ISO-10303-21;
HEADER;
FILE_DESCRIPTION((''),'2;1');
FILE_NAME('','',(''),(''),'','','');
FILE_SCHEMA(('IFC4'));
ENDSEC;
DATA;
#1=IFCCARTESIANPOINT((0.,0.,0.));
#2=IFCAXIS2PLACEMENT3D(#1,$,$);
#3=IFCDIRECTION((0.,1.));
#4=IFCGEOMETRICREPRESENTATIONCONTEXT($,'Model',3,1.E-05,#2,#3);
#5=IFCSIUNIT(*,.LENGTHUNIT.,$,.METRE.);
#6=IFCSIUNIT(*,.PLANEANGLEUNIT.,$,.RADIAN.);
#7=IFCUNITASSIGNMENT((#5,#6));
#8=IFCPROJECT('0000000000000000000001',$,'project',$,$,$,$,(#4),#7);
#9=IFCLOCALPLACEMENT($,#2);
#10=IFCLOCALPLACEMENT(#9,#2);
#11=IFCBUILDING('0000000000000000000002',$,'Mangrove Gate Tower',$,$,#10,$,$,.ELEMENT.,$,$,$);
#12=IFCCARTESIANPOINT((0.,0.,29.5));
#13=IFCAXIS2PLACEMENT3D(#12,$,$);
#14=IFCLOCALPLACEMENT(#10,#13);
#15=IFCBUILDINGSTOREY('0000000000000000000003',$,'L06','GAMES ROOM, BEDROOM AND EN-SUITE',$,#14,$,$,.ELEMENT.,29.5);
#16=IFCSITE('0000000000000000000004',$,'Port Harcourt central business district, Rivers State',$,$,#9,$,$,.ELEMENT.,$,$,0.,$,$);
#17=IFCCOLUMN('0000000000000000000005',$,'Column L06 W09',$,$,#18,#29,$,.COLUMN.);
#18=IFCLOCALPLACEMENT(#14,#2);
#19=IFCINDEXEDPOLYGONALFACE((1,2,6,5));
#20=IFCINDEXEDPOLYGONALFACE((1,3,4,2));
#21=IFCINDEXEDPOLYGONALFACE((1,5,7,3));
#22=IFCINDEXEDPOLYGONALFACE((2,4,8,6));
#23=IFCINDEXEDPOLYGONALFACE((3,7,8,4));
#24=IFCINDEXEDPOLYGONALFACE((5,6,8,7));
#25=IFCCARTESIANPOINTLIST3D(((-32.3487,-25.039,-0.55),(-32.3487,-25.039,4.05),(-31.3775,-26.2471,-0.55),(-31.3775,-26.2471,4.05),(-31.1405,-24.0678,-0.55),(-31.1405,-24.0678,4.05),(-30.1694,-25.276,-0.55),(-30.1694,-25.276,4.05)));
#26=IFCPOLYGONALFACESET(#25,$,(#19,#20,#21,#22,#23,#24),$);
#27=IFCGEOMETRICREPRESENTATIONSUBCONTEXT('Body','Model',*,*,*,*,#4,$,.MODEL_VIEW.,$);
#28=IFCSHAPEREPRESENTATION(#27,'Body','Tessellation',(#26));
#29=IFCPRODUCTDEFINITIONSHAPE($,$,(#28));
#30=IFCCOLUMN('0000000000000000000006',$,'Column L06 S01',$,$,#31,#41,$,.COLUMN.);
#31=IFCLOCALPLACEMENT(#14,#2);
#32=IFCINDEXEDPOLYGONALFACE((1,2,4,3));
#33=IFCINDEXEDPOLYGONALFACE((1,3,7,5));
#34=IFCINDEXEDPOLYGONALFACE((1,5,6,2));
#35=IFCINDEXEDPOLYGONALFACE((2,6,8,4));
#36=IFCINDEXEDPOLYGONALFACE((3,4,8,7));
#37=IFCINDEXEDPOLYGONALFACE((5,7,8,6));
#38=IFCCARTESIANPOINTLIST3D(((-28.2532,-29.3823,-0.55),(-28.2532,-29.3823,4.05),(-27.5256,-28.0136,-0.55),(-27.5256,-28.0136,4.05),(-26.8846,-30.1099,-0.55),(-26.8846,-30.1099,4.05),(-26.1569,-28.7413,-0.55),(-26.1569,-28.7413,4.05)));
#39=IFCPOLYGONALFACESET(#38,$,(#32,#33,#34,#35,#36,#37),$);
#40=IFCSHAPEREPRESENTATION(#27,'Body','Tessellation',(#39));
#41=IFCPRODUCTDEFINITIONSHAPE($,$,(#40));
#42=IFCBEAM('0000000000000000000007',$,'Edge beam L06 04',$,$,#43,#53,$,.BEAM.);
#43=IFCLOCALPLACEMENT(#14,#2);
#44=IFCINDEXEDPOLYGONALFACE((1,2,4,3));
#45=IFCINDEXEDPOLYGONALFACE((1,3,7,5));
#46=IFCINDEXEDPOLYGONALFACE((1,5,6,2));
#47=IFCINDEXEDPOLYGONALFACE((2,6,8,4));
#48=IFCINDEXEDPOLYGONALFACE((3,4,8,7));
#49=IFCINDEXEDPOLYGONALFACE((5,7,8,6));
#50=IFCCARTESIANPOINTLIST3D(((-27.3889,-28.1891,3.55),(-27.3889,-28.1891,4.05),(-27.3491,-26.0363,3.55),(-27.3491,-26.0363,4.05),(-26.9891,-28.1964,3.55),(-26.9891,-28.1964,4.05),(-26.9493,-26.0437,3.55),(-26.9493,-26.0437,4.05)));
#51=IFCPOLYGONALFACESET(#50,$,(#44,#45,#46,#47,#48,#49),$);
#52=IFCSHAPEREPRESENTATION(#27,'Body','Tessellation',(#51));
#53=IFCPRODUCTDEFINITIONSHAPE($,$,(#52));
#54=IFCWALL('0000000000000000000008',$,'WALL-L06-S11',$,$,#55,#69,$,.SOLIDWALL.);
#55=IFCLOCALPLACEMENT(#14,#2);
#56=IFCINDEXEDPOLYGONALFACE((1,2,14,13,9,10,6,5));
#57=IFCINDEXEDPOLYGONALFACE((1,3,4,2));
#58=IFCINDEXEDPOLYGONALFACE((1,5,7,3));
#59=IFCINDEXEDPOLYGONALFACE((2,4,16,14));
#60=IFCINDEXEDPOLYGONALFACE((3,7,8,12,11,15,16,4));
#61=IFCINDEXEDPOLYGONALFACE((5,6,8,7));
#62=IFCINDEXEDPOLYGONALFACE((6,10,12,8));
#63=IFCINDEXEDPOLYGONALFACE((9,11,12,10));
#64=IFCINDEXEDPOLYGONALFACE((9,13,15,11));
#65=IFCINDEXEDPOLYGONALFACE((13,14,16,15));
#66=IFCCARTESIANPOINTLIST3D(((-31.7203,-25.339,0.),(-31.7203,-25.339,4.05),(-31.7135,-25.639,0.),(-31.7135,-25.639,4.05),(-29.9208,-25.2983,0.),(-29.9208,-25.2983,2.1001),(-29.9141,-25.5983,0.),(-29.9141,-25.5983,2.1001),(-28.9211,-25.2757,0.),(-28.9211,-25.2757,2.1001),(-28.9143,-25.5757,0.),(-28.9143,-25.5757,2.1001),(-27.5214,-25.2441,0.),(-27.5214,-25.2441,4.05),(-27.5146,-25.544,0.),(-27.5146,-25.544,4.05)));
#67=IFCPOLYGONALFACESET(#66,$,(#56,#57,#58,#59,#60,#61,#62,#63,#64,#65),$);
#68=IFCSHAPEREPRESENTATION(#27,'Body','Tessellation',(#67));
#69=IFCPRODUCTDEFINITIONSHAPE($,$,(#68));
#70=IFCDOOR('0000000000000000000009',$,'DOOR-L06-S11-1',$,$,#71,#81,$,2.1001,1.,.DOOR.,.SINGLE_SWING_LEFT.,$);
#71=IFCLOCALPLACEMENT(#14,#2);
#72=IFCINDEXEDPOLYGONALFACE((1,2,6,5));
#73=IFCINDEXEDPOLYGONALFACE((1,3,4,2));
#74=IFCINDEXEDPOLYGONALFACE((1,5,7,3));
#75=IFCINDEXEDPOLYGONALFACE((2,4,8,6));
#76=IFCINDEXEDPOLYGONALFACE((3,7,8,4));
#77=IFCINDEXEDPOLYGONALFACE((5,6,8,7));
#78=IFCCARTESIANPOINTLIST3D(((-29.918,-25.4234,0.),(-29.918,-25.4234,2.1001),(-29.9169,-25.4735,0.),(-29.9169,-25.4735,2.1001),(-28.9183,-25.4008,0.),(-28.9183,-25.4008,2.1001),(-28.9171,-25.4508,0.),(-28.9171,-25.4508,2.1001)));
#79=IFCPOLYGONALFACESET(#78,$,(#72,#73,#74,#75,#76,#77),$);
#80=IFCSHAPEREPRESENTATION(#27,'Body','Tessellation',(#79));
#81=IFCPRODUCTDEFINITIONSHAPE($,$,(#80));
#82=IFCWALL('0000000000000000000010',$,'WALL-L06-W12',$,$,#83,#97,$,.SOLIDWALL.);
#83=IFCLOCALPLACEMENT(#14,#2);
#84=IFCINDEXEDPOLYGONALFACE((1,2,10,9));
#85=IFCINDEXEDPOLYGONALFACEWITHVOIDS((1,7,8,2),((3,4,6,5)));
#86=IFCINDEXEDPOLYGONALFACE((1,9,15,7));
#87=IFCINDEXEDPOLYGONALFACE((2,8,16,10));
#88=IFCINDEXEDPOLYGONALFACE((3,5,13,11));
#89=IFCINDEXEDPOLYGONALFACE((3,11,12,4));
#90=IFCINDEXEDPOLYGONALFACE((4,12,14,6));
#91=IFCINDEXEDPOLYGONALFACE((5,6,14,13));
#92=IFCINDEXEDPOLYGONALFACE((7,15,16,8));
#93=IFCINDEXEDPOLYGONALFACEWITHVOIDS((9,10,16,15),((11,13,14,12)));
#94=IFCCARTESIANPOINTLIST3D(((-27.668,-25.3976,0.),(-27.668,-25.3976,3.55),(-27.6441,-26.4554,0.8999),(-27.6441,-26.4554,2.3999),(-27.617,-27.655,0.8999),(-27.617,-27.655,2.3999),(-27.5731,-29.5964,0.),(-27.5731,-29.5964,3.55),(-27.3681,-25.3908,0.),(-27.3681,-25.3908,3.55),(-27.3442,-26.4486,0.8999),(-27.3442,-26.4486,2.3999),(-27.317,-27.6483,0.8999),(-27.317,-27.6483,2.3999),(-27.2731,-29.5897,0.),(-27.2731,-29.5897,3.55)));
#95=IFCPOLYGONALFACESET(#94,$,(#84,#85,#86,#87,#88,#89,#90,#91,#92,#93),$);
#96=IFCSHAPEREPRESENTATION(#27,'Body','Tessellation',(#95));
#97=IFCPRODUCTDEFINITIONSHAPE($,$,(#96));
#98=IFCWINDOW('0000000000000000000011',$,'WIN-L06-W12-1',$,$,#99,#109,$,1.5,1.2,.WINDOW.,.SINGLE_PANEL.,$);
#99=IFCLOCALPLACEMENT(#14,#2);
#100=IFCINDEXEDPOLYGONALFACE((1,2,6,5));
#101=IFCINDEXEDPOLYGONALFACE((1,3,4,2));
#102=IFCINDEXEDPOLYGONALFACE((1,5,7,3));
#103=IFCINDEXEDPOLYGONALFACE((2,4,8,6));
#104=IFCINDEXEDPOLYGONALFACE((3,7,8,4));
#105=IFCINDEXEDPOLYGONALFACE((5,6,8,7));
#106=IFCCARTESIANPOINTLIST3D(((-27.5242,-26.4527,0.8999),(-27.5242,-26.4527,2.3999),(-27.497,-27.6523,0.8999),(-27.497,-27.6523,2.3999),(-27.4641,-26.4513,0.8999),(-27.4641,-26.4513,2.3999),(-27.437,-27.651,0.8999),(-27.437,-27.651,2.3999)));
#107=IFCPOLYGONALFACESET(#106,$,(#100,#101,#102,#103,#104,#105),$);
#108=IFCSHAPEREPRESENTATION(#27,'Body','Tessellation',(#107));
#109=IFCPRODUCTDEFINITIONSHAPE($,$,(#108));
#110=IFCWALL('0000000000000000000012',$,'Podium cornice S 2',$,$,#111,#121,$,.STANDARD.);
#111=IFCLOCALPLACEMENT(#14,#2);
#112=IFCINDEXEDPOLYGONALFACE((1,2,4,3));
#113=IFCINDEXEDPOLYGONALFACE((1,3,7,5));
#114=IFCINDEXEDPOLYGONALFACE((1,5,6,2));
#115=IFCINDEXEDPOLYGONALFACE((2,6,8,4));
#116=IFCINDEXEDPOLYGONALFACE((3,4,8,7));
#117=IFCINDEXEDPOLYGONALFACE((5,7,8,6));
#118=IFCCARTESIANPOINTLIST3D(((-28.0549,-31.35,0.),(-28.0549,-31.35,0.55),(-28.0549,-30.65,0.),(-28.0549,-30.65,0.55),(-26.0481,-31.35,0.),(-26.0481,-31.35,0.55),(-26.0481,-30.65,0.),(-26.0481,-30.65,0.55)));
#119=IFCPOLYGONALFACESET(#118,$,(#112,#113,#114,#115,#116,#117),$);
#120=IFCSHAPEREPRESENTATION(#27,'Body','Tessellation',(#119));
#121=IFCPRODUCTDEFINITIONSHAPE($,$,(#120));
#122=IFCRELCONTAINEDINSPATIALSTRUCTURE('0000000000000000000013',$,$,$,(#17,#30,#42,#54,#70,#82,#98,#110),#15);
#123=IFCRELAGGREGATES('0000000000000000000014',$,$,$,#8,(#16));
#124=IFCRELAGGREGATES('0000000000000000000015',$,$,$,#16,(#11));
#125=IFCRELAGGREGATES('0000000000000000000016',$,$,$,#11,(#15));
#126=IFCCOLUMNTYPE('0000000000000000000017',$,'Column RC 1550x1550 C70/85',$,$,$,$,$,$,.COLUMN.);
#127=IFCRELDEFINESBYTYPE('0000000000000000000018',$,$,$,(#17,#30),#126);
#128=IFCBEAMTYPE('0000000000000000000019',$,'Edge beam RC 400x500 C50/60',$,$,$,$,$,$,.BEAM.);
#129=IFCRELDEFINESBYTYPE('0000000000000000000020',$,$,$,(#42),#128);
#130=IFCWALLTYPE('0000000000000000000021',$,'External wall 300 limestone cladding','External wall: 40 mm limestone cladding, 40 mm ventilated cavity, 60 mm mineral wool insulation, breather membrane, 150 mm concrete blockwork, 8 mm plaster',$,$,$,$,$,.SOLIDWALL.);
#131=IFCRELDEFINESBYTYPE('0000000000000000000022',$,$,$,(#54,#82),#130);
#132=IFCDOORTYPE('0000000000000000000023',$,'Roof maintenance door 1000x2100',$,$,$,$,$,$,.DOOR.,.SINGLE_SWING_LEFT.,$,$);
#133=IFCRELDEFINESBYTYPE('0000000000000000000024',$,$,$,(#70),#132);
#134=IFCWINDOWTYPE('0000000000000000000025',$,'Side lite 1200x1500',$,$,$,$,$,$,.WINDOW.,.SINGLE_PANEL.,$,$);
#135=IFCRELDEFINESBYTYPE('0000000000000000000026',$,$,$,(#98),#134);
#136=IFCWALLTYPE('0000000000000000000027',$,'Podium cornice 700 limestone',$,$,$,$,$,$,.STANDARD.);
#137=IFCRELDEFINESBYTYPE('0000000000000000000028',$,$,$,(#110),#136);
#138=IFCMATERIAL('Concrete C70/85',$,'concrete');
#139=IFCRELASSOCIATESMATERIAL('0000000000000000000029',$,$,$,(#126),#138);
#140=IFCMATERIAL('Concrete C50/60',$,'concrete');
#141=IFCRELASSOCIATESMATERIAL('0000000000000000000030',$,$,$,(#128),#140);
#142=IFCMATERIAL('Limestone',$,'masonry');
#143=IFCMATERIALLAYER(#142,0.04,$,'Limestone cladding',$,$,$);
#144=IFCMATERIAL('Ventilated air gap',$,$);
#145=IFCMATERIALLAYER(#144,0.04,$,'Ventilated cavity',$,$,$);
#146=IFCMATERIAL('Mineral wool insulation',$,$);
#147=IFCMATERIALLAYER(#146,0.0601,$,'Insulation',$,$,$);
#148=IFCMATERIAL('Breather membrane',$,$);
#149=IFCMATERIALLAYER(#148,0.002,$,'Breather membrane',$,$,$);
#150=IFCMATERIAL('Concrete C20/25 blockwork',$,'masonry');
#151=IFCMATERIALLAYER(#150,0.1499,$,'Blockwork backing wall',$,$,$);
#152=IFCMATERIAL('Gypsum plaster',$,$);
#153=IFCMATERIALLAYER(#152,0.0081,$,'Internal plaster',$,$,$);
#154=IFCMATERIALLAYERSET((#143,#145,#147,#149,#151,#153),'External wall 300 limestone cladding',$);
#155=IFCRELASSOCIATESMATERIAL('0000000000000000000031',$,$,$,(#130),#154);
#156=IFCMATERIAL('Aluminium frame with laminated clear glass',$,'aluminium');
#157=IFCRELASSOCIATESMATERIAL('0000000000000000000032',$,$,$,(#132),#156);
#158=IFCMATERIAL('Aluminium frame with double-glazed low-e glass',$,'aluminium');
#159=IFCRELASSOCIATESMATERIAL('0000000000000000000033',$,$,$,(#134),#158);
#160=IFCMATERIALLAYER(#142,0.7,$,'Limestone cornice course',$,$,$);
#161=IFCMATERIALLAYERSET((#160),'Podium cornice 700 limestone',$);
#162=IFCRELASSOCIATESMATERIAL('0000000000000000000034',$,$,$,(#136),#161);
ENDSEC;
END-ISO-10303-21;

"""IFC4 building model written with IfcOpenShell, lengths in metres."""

from ifc_helpers import new_model, si_unit, direction, frame, frame_2d, origin, origin_2d, place, context, subcontext, project, spatial, rectangle, extrude, material, layer, layer_set, material_profile, profile_set, type_object, element, fill, save


model = new_model("IFC4")

# Units and contexts
model_context = context("Model", 3, precision=1e-05, world=origin(), true_north=direction((0.0, 1.0)))
body_context = subcontext(model_context, "Body", "Model", "MODEL_VIEW")
ifc_project = project(units=[si_unit("LENGTHUNIT", "METRE"), si_unit("PLANEANGLEUNIT", "RADIAN")], contexts=[model_context])

# Site, building, storey
site_placement = place(None, origin())
site = spatial("IfcSite", under=ifc_project, at=site_placement, Name="Port Harcourt central business district, Rivers State", CompositionType="ELEMENT", RefElevation=0.0)
building_placement = place(site_placement, origin())
building = spatial("IfcBuilding", under=site, at=building_placement, Name="Mangrove Gate Tower", CompositionType="ELEMENT")
storey_placement = place(building_placement, frame((0.0, 0.0, 29.5)))
storey = spatial("IfcBuildingStorey", under=building, at=storey_placement, Name="L06", Description="GAMES ROOM, BEDROOM AND EN-SUITE", CompositionType="ELEMENT", Elevation=29.5)

# Columns
ifc_material_1 = material(Name="Concrete C70/85", Category="concrete")
ifc_material_profile_1 = material_profile(ifc_material_1, rectangle(XDim=1.55, YDim=1.55, at=origin_2d()))
ifc_profile_set_1 = profile_set([ifc_material_profile_1], Name="Concrete C70/85")
column_type = type_object("IfcColumnType", Name="Column RC 1550x1550 C70/85", PredefinedType="COLUMN", material=ifc_profile_set_1)
for number, where, z_axis, x_axis, name in (
    (1, (-31.259, -25.1575, -0.55), (0.0, 0.0, 1.0), (0.626514, -0.77941, 0.0), "Column L06 W09"),
    (2, (-27.2051, -29.0618, -0.55), (0.0, 0.0, 1.0), (0.882965, -0.469439, 0.0), "Column L06 S01"),
):
    element("IfcColumn", number, at=place(storey_placement, frame(where, z_axis=z_axis, x_axis=x_axis)), inside=storey, type_object=column_type, Name=name, PredefinedType="COLUMN", context=body_context, shape_type="SweptSolid", body=[
        extrude(rectangle(XDim=1.55, YDim=1.55, at=origin_2d()), origin(), (0.0, 0.0, 1.0), 4.6001),
    ])

# Beam
ifc_material_2 = material(Name="Concrete C50/60", Category="concrete")
ifc_material_profile_2 = material_profile(ifc_material_2, rectangle(XDim=0.3999, YDim=0.5, at=origin_2d()))
ifc_profile_set_2 = profile_set([ifc_material_profile_2], Name="Concrete C50/60")
beam_type = type_object("IfcBeamType", Name="Edge beam RC 400x500 C50/60", PredefinedType="BEAM", material=ifc_profile_set_2)
beam_placement = place(storey_placement, frame((-27.1492, -26.04, 3.8), z_axis=(-0.018484, -0.999829, 0.0), x_axis=(0.999829, -0.018484, 0.0)))
element("IfcBeam", 3, at=beam_placement, inside=storey, type_object=beam_type, Name="Edge beam L06 04", PredefinedType="BEAM", context=body_context, shape_type="SweptSolid", body=[
    extrude(rectangle(XDim=0.3999, YDim=0.5, at=origin_2d()), origin(), (0.0, 0.0, 1.0), 2.1531),
])

# Wall, opening, door
ifc_material_3 = material(Name="Limestone", Category="masonry")
ifc_layer_1 = layer(ifc_material_3, 0.04, Name="Limestone cladding")
ifc_material_4 = material(Name="Ventilated air gap")
ifc_layer_2 = layer(ifc_material_4, 0.04, Name="Ventilated cavity")
ifc_material_5 = material(Name="Mineral wool insulation")
ifc_layer_3 = layer(ifc_material_5, 0.0601, Name="Insulation")
ifc_material_6 = material(Name="Breather membrane")
ifc_layer_4 = layer(ifc_material_6, 0.002, Name="Breather membrane")
ifc_material_7 = material(Name="Concrete C20/25 blockwork", Category="masonry")
ifc_layer_5 = layer(ifc_material_7, 0.1499, Name="Blockwork backing wall")
ifc_material_8 = material(Name="Gypsum plaster")
ifc_layer_6 = layer(ifc_material_8, 0.0081, Name="Internal plaster")
ifc_layer_set_1 = layer_set([ifc_layer_1, ifc_layer_2, ifc_layer_3, ifc_layer_4, ifc_layer_5, ifc_layer_6], Name="External wall 300 limestone cladding")
wall_type_1 = type_object("IfcWallType", Name="External wall 300 limestone cladding", Description="External wall: 40 mm limestone cladding, 40 mm ventilated cavity, 60 mm mineral wool insulation, breather membrane, 150 mm concrete blockwork, 8 mm plaster", PredefinedType="SOLIDWALL", material=ifc_layer_set_1)
wall_1_placement = place(storey_placement, frame((-31.717, -25.489, 0.0), z_axis=(0.0, 0.0, 1.0), x_axis=(0.999744, 0.022612, 0.0)))
wall_1 = element("IfcWall", 4, at=wall_1_placement, inside=storey, type_object=wall_type_1, Name="WALL-L06-S11", PredefinedType="SOLIDWALL", context=body_context, shape_type="SweptSolid", body=[
    extrude(rectangle(XDim=4.2, YDim=0.3, at=frame_2d((2.1001, 0.0))), origin(), (0.0, 0.0, 1.0), 4.05),
])
opening_1_placement = place(wall_1_placement, frame((1.8, 0.0, 0.0)))
opening_1 = element("IfcOpeningElement", 5, at=opening_1_placement, cuts=wall_1, PredefinedType="OPENING", context=body_context, shape_type="SweptSolid", body=[
    extrude(rectangle(XDim=1.0, YDim=2.1001, at=frame_2d((0.5, 1.05))), frame((0.0, 0.1599, 0.0), z_axis=(0.0, -1.0, 0.0), x_axis=(1.0, 0.0, 0.0)), (0.0, 0.0, 1.0), 0.3201),
])
ifc_material_9 = material(Name="Aluminium frame with laminated clear glass", Category="aluminium")
door_type_1 = type_object("IfcDoorType", Name="Roof maintenance door 1000x2100", OperationType="SINGLE_SWING_LEFT", PredefinedType="DOOR", material=ifc_material_9)
door_1_placement = place(opening_1_placement, origin())
door_1 = element("IfcDoor", 6, at=door_1_placement, inside=storey, type_object=door_type_1, Name="DOOR-L06-S11-1", OperationType="SINGLE_SWING_LEFT", OverallHeight=2.1001, OverallWidth=1.0, PredefinedType="DOOR", context=body_context, shape_type="SweptSolid", body=[
    extrude(rectangle(XDim=1.0, YDim=2.1001, at=frame_2d((0.5, 1.05))), frame((0.0, 0.0249, 0.0), z_axis=(0.0, -1.0, 0.0), x_axis=(1.0, 0.0, 0.0)), (0.0, 0.0, 1.0), 0.05),
])
fill(opening_1, door_1)

# Wall, opening, window
wall_2_placement = place(storey_placement, frame((-27.5181, -25.394, 0.0), z_axis=(0.0, 0.0, 1.0), x_axis=(0.022612, -0.999744, 0.0)))
wall_2 = element("IfcWall", 7, at=wall_2_placement, inside=storey, type_object=wall_type_1, Name="WALL-L06-W12", PredefinedType="SOLIDWALL", context=body_context, shape_type="SweptSolid", body=[
    extrude(rectangle(XDim=4.2, YDim=0.3, at=frame_2d((2.1001, 0.0))), origin(), (0.0, 0.0, 1.0), 3.55),
])
opening_2_placement = place(wall_2_placement, frame((1.0581, 0.0, 0.8999)))
opening_2 = element("IfcOpeningElement", 8, at=opening_2_placement, cuts=wall_2, PredefinedType="OPENING", context=body_context, shape_type="SweptSolid", body=[
    extrude(rectangle(XDim=1.2, YDim=1.5, at=frame_2d((0.6001, 0.75))), frame((0.0, 0.1599, 0.0), z_axis=(0.0, -1.0, 0.0), x_axis=(1.0, 0.0, 0.0)), (0.0, 0.0, 1.0), 0.3201),
])
ifc_material_10 = material(Name="Aluminium frame with double-glazed low-e glass", Category="aluminium")
window_type_1 = type_object("IfcWindowType", Name="Side lite 1200x1500", PartitioningType="SINGLE_PANEL", PredefinedType="WINDOW", material=ifc_material_10)
window_1_placement = place(opening_2_placement, origin())
window_1 = element("IfcWindow", 9, at=window_1_placement, inside=storey, type_object=window_type_1, Name="WIN-L06-W12-1", OverallHeight=1.5, OverallWidth=1.2, PartitioningType="SINGLE_PANEL", PredefinedType="WINDOW", context=body_context, shape_type="SweptSolid", body=[
    extrude(rectangle(XDim=1.2, YDim=1.5, at=frame_2d((0.6001, 0.75))), frame((0.0, 0.03, 0.0), z_axis=(0.0, -1.0, 0.0), x_axis=(1.0, 0.0, 0.0)), (0.0, 0.0, 1.0), 0.0601),
])
fill(opening_2, window_1)

# Wall
ifc_layer_7 = layer(ifc_material_3, 0.7, Name="Limestone cornice course")
ifc_layer_set_2 = layer_set([ifc_layer_7], Name="Podium cornice 700 limestone")
wall_type_2 = type_object("IfcWallType", Name="Podium cornice 700 limestone", PredefinedType="STANDARD", material=ifc_layer_set_2)
wall_3_placement = place(storey_placement, frame((-28.0549, -31.0, 0.0), z_axis=(0.0, 0.0, 1.0), x_axis=(1.0, 0.0, 0.0)))
element("IfcWall", 10, at=wall_3_placement, inside=storey, type_object=wall_type_2, Name="Podium cornice S 2", PredefinedType="STANDARD", context=body_context, shape_type="SweptSolid", body=[
    extrude(rectangle(XDim=2.0068, YDim=0.7, at=frame_2d((1.0034, 0.0))), origin(), (0.0, 0.0, 1.0), 0.55),
])

save(model, "model.ifc")
